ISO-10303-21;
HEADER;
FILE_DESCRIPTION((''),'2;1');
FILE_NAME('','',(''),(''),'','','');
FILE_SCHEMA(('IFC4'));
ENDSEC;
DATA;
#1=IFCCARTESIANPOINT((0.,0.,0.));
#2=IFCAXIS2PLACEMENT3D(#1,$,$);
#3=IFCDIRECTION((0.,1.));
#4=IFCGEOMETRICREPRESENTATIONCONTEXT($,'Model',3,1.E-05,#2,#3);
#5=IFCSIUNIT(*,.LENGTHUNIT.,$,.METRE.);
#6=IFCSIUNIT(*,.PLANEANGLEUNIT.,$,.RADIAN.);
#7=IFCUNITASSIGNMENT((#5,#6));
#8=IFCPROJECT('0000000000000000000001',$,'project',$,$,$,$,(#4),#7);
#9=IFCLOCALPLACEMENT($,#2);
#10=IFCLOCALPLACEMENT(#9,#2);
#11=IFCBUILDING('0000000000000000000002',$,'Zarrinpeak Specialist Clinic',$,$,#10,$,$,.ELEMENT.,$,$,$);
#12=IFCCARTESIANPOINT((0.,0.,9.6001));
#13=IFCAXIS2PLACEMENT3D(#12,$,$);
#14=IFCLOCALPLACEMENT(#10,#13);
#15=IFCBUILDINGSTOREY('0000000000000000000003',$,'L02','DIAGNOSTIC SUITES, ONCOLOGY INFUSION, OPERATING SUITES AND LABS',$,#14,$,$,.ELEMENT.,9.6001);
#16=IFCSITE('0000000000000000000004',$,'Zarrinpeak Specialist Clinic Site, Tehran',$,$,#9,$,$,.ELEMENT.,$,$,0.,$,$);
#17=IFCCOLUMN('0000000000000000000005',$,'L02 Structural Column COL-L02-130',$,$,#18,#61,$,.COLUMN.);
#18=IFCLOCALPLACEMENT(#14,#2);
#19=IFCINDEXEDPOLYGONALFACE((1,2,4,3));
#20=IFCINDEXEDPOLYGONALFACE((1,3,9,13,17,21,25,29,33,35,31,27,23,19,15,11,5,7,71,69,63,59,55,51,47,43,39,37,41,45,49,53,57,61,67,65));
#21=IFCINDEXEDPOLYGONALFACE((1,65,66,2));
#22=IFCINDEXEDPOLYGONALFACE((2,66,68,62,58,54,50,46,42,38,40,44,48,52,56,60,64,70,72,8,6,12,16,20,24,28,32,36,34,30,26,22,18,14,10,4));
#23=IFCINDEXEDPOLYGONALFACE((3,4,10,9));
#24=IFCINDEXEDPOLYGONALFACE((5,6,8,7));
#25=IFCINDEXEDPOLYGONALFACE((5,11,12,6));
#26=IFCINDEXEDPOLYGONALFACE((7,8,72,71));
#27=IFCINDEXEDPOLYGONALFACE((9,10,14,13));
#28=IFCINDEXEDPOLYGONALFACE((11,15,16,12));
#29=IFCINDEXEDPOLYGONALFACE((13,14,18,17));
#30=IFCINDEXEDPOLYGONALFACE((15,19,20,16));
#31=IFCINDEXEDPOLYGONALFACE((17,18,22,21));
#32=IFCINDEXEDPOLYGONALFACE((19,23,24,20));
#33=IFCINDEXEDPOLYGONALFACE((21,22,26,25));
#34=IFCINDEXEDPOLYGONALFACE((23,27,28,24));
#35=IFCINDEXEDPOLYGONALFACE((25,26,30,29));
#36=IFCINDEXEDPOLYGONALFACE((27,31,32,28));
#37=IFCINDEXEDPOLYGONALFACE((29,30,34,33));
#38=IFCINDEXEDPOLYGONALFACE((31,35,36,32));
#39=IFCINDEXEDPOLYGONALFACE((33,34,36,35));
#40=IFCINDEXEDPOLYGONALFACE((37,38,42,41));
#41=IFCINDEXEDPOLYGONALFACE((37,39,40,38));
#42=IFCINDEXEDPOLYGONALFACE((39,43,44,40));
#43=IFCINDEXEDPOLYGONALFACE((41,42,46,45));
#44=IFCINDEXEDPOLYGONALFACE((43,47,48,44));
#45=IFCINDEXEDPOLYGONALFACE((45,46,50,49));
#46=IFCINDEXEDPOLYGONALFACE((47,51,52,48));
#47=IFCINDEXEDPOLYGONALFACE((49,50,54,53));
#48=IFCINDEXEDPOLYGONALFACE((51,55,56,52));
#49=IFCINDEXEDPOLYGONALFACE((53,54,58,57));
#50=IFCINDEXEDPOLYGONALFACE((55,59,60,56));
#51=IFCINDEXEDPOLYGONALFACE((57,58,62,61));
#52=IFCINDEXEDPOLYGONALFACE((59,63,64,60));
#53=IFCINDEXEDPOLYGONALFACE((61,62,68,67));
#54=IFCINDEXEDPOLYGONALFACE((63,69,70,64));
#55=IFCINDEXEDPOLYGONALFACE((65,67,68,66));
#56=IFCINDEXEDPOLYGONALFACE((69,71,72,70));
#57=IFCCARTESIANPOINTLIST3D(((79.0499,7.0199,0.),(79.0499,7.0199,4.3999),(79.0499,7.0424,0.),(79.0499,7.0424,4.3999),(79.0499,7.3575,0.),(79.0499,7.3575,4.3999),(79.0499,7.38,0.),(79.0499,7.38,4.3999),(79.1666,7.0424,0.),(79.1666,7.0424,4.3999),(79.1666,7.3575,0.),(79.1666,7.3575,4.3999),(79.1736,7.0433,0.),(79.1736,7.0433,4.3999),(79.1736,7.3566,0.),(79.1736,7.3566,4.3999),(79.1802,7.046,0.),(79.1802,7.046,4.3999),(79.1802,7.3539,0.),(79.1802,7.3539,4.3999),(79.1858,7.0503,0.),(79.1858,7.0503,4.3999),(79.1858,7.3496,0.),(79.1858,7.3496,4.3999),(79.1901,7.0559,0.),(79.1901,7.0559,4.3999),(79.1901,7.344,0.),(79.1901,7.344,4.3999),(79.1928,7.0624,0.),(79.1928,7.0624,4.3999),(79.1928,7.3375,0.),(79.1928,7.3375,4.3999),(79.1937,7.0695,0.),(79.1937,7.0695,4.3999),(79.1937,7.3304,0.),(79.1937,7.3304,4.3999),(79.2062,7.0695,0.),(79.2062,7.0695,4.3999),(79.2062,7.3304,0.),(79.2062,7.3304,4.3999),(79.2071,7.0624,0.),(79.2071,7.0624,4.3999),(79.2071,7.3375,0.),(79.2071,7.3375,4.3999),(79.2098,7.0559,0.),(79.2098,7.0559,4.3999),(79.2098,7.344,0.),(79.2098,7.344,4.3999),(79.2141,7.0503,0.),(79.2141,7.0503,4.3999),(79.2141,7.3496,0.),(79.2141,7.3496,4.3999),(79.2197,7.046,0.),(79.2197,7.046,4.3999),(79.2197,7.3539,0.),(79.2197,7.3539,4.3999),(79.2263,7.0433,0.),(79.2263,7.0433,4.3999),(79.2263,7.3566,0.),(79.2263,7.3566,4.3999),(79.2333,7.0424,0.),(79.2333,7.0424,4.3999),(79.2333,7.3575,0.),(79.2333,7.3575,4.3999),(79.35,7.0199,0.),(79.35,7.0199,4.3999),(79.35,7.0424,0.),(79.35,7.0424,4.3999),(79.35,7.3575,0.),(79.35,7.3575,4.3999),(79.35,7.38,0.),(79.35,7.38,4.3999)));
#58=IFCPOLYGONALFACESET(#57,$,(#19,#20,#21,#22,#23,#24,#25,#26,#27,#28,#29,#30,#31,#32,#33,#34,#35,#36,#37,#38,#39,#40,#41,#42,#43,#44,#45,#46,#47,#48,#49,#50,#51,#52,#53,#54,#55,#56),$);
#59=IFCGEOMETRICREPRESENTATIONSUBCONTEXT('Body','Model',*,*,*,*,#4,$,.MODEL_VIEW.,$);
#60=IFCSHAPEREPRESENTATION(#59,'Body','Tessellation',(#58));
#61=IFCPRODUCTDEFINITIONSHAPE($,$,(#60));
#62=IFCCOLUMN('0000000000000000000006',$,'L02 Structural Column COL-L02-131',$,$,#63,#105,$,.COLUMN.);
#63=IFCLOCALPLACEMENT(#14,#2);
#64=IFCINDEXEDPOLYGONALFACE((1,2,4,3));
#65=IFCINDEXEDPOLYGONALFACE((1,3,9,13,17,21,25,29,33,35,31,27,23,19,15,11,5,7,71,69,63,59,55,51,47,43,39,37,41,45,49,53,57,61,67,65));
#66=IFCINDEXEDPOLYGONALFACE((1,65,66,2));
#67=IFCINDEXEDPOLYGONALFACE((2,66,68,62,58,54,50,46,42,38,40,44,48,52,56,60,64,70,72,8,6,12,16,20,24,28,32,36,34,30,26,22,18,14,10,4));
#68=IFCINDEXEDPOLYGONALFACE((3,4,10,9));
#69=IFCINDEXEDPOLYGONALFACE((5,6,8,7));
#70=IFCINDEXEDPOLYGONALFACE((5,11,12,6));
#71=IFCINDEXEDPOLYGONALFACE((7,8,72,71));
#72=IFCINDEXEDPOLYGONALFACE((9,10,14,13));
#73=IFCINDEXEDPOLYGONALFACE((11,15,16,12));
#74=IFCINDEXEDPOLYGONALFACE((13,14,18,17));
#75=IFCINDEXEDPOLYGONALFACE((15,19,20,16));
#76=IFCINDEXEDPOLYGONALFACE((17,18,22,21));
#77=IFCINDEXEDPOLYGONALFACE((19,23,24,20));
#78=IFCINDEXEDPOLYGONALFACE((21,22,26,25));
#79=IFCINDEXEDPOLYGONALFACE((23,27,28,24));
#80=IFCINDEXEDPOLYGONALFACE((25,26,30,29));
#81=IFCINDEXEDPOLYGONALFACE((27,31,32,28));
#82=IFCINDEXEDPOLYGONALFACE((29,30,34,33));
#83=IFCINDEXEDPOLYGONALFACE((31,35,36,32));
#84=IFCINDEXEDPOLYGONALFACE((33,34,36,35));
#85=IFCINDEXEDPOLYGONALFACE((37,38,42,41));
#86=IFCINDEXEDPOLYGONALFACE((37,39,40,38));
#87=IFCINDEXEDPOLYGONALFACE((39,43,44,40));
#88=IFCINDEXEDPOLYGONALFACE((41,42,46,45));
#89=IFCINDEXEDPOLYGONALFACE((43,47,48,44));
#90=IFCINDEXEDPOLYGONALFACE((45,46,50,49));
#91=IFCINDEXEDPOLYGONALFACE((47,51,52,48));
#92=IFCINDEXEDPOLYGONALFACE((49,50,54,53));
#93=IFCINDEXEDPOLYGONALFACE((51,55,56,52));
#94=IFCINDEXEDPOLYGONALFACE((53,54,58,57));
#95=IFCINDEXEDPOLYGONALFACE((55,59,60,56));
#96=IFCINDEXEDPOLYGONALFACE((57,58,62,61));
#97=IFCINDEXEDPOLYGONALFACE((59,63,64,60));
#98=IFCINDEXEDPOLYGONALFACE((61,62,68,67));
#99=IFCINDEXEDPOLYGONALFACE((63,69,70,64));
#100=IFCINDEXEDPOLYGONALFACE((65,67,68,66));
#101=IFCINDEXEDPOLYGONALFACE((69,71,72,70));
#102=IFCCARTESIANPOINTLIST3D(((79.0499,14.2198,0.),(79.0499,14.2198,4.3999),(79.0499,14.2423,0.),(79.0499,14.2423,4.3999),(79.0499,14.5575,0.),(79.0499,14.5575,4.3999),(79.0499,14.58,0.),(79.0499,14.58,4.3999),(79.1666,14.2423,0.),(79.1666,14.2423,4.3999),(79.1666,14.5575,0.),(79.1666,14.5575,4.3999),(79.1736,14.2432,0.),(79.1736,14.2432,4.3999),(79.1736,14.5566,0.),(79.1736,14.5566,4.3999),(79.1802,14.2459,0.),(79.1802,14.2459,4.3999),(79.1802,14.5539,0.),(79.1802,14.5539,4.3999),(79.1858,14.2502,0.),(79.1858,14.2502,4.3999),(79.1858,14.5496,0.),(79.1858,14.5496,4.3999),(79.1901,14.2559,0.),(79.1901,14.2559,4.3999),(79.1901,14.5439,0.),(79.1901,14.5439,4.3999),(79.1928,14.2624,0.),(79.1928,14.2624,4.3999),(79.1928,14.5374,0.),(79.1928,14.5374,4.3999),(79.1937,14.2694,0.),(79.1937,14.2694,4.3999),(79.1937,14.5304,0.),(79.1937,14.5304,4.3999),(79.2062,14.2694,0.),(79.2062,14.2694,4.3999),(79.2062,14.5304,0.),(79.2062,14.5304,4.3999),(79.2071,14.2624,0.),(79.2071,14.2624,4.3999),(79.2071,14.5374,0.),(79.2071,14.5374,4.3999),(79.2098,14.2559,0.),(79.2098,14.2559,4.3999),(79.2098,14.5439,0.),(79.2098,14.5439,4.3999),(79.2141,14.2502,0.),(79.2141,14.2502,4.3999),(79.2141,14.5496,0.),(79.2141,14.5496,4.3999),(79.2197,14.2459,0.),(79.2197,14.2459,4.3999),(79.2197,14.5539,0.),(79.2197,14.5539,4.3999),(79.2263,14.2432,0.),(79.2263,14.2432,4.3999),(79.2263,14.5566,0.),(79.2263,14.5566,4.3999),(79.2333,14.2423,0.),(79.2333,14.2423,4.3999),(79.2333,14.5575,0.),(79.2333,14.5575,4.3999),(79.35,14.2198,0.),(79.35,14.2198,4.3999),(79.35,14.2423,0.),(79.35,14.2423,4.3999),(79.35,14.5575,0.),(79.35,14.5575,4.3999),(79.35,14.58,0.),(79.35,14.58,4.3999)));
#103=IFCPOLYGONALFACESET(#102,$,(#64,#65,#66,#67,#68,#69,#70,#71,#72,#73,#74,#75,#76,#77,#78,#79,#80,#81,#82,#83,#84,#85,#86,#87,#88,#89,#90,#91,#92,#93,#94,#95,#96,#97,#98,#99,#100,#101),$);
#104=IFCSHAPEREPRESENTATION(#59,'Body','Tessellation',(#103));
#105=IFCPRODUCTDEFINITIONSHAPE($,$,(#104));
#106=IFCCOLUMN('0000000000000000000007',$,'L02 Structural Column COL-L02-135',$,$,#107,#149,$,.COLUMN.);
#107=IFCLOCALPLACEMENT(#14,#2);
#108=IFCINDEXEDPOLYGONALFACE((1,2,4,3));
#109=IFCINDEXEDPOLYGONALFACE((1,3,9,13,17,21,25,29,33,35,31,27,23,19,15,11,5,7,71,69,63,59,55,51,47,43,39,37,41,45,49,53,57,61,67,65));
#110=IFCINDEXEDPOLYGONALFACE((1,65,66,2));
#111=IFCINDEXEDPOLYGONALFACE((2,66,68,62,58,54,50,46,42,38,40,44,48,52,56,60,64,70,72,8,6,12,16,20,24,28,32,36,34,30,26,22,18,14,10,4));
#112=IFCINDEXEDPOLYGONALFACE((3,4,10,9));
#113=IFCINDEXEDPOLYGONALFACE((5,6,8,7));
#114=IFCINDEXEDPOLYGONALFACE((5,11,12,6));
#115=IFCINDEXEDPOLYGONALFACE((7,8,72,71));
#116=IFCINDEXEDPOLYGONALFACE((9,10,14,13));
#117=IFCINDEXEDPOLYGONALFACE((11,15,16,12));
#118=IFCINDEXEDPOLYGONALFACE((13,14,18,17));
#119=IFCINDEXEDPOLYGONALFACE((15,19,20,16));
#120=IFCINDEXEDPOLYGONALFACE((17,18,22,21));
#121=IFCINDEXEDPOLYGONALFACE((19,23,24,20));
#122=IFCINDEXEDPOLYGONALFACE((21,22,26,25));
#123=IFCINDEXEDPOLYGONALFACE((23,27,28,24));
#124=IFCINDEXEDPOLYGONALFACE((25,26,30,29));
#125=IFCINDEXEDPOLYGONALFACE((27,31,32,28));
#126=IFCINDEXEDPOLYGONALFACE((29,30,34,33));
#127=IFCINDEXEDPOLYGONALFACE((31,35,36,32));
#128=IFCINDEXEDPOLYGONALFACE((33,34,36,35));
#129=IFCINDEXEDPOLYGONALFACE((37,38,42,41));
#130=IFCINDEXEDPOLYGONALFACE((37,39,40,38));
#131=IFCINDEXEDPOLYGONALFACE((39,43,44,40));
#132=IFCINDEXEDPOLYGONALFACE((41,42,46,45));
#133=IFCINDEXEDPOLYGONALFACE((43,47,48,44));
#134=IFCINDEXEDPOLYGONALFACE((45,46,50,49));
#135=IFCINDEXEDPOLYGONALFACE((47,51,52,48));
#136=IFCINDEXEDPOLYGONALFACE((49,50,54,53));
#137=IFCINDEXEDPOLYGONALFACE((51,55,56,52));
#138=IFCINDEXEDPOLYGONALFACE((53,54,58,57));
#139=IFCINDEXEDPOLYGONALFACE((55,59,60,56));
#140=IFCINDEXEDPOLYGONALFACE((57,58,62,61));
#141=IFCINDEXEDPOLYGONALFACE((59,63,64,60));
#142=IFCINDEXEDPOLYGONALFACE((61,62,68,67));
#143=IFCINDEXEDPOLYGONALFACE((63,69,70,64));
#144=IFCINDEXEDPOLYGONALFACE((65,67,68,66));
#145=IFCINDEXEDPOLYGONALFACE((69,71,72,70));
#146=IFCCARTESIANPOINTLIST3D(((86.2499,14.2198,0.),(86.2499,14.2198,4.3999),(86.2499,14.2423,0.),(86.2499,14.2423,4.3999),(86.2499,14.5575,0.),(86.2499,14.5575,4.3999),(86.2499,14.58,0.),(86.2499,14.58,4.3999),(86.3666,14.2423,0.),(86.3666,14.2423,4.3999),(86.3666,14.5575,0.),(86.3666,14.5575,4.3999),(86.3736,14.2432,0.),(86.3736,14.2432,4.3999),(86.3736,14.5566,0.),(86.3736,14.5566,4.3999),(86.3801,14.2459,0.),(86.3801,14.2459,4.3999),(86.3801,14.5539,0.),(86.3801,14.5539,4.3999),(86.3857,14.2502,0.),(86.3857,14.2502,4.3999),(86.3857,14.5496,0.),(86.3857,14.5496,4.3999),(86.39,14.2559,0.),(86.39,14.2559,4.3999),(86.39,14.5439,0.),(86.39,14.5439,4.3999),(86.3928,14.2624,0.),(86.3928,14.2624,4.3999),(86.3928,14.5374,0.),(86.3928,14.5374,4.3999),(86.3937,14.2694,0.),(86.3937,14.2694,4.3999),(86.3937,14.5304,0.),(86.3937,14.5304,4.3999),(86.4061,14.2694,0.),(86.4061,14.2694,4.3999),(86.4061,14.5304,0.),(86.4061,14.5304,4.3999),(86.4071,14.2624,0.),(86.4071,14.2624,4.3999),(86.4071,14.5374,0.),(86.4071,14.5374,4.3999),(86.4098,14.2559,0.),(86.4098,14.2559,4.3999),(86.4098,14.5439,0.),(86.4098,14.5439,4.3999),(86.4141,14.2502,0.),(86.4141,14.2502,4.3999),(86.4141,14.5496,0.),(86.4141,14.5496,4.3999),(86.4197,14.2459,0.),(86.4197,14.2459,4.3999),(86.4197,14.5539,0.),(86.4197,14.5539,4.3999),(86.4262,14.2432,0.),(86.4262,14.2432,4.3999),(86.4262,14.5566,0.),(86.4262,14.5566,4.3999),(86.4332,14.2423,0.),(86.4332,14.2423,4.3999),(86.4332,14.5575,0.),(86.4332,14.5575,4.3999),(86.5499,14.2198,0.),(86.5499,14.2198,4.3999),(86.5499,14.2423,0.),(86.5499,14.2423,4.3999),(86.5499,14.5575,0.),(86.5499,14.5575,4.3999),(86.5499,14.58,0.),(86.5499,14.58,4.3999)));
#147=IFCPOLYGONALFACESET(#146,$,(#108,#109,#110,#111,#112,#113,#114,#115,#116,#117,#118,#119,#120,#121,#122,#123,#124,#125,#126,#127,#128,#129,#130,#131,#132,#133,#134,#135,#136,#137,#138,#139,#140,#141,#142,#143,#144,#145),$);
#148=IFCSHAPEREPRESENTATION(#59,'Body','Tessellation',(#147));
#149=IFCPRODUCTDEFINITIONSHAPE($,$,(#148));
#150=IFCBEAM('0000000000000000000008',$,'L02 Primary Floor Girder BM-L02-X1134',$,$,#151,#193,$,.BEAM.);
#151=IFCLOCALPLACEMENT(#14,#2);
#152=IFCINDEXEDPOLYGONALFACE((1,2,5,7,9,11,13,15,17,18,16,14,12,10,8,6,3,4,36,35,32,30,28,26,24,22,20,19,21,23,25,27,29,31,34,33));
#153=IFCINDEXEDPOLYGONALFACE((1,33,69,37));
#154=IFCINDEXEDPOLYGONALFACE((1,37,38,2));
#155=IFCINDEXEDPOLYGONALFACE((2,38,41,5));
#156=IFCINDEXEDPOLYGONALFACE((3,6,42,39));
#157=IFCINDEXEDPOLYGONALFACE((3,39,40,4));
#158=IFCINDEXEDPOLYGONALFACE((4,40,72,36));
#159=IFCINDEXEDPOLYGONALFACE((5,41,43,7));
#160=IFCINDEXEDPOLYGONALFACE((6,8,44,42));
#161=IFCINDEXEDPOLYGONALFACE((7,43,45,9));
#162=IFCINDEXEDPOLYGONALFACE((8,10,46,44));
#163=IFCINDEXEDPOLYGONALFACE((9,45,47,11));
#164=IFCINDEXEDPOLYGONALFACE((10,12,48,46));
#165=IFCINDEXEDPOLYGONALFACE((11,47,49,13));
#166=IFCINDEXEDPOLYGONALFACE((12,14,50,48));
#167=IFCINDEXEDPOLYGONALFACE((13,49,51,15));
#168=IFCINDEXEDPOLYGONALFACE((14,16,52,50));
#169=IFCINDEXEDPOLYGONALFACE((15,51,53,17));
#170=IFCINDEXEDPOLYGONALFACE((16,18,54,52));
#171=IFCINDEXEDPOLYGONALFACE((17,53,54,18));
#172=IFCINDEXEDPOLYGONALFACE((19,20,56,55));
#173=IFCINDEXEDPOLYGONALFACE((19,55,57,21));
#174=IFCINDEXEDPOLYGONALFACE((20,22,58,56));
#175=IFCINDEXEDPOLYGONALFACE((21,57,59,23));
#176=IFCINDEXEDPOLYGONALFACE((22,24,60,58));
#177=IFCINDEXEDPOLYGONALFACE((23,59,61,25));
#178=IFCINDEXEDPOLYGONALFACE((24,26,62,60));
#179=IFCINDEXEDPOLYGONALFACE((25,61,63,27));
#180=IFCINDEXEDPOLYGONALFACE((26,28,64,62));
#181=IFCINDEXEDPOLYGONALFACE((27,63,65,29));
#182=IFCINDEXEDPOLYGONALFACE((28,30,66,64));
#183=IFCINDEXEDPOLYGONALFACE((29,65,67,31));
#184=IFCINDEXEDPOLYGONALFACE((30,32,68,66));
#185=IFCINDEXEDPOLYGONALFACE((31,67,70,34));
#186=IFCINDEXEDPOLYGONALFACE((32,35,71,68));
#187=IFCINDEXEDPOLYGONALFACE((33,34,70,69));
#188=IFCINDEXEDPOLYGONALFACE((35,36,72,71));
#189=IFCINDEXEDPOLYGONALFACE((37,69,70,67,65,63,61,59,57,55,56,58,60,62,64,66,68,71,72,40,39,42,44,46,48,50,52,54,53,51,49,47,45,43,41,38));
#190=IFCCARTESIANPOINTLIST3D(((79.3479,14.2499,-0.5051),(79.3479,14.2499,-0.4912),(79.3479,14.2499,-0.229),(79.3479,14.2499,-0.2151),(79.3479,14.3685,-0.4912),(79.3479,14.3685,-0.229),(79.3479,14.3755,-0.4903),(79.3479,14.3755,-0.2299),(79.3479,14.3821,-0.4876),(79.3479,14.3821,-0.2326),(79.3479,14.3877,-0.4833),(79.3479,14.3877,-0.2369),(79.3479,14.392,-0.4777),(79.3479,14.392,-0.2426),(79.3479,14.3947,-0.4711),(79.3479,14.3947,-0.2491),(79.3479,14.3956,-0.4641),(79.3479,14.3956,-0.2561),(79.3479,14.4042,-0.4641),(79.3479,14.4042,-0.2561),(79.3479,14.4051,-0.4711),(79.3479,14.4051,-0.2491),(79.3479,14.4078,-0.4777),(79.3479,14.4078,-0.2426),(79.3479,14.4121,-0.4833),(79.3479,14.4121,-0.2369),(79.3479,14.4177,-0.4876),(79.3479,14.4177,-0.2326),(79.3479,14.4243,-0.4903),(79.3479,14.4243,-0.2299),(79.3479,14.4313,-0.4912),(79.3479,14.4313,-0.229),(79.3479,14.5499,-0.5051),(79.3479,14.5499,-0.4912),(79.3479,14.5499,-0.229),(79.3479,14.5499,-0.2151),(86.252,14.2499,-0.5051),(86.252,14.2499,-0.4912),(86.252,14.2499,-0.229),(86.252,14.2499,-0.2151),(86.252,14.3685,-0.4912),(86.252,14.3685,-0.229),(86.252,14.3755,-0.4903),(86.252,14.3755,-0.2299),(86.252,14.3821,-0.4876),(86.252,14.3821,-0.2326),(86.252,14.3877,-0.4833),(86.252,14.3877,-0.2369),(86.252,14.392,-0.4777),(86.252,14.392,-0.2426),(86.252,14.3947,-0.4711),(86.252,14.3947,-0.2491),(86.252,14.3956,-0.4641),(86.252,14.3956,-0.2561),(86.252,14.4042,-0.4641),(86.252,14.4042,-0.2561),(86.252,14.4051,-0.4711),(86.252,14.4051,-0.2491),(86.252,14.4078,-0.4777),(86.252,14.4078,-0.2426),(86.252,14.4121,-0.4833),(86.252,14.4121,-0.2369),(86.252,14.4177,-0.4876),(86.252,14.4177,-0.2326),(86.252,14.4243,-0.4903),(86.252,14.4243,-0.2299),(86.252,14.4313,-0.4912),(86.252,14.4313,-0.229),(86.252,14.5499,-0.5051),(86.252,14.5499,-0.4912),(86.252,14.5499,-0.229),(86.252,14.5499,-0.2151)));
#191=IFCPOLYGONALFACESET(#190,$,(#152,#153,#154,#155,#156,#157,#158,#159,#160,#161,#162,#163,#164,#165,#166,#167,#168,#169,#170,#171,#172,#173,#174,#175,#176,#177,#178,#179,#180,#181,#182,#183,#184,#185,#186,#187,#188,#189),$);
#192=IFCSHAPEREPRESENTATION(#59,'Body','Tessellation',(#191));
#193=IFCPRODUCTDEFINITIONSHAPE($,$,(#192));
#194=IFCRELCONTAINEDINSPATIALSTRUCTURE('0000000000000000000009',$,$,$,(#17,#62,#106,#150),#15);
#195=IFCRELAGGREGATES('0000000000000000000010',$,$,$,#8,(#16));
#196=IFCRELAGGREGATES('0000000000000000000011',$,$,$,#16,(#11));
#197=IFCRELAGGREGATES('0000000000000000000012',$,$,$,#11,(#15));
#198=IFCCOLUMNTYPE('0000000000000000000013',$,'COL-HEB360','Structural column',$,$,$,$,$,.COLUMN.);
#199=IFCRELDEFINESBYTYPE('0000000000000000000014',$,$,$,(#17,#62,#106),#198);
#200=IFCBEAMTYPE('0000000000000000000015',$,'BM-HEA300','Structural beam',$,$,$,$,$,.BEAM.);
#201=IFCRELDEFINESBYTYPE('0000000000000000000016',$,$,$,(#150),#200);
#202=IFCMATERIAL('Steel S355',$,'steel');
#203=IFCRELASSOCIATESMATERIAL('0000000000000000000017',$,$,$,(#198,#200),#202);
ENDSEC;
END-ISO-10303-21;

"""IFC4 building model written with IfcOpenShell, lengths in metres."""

from ifc_helpers import new_model, si_unit, direction, frame, origin, origin_2d, place, context, subcontext, project, spatial, i_section, extrude, material, material_profile, profile_set, type_object, element, save


model = new_model("IFC4")

# Units and contexts
model_context = context("Model", 3, precision=1e-05, world=origin(), true_north=direction((0.0, 1.0)))
body_context = subcontext(model_context, "Body", "Model", "MODEL_VIEW")
ifc_project = project(units=[si_unit("LENGTHUNIT", "METRE"), si_unit("PLANEANGLEUNIT", "RADIAN")], contexts=[model_context])

# Site, building, storey
site_placement = place(None, origin())
site = spatial("IfcSite", under=ifc_project, at=site_placement, Name="Zarrinpeak Specialist Clinic Site, Tehran", CompositionType="ELEMENT", RefElevation=0.0)
building_placement = place(site_placement, origin())
building = spatial("IfcBuilding", under=site, at=building_placement, Name="Zarrinpeak Specialist Clinic", CompositionType="ELEMENT")
storey_placement = place(building_placement, frame((0.0, 0.0, 9.6001)))
storey = spatial("IfcBuildingStorey", under=building, at=storey_placement, Name="L02", Description="DIAGNOSTIC SUITES, ONCOLOGY INFUSION, OPERATING SUITES AND LABS", CompositionType="ELEMENT", Elevation=9.6001)

# Columns
ifc_material_1 = material(Name="Steel S355", Category="steel")
ifc_material_profile_1 = material_profile(ifc_material_1, i_section(OverallWidth=0.3, OverallDepth=0.3601, WebThickness=0.0125, FlangeThickness=0.0225, FilletRadius=0.0271, at=origin_2d()), Name="HEB 360")
ifc_profile_set_1 = profile_set([ifc_material_profile_1], Name="Steel S355")
column_type = type_object("IfcColumnType", Name="COL-HEB360", Description="Structural column", PredefinedType="COLUMN", material=ifc_profile_set_1)
for number, where, z_axis, x_axis, name in (
    (1, (79.2, 7.2, 0.0), (0.0, 0.0, 1.0), (1.0, 0.0, 0.0), "L02 Structural Column COL-L02-130"),
    (2, (79.2, 14.3999, 0.0), (0.0, 0.0, 1.0), (1.0, 0.0, 0.0), "L02 Structural Column COL-L02-131"),
    (3, (86.3999, 14.3999, 0.0), (0.0, 0.0, 1.0), (1.0, 0.0, 0.0), "L02 Structural Column COL-L02-135"),
):
    element("IfcColumn", number, at=place(storey_placement, frame(where, z_axis=z_axis, x_axis=x_axis)), inside=storey, type_object=column_type, Name=name, PredefinedType="COLUMN", context=body_context, shape_type="SweptSolid", body=[
        extrude(i_section(OverallWidth=0.3, OverallDepth=0.3601, WebThickness=0.0125, FlangeThickness=0.0225, FilletRadius=0.0271, at=origin_2d()), origin(), (0.0, 0.0, 1.0), 4.3999),
    ])

# Beam
ifc_material_profile_2 = material_profile(ifc_material_1, i_section(OverallWidth=0.3, OverallDepth=0.29, WebThickness=0.0085, FlangeThickness=0.0139, FilletRadius=0.0271, at=origin_2d()), Name="HEA 300")
ifc_profile_set_2 = profile_set([ifc_material_profile_2], Name="Steel S355")
beam_type_1 = type_object("IfcBeamType", Name="BM-HEA300", Description="Structural beam", PredefinedType="BEAM", material=ifc_profile_set_2)
beam_1_placement = place(storey_placement, frame((79.3479, 14.3999, -0.3601), z_axis=(1.0, 0.0, 0.0), x_axis=(0.0, 1.0, 0.0)))
element("IfcBeam", 4, at=beam_1_placement, inside=storey, type_object=beam_type_1, Name="L02 Primary Floor Girder BM-L02-X1134", PredefinedType="BEAM", context=body_context, shape_type="SweptSolid", body=[
    extrude(i_section(OverallWidth=0.3, OverallDepth=0.29, WebThickness=0.0085, FlangeThickness=0.0139, FilletRadius=0.0271, at=origin_2d()), origin(), (0.0, 0.0, 1.0), 6.9041),
])

save(model, "model.ifc")
